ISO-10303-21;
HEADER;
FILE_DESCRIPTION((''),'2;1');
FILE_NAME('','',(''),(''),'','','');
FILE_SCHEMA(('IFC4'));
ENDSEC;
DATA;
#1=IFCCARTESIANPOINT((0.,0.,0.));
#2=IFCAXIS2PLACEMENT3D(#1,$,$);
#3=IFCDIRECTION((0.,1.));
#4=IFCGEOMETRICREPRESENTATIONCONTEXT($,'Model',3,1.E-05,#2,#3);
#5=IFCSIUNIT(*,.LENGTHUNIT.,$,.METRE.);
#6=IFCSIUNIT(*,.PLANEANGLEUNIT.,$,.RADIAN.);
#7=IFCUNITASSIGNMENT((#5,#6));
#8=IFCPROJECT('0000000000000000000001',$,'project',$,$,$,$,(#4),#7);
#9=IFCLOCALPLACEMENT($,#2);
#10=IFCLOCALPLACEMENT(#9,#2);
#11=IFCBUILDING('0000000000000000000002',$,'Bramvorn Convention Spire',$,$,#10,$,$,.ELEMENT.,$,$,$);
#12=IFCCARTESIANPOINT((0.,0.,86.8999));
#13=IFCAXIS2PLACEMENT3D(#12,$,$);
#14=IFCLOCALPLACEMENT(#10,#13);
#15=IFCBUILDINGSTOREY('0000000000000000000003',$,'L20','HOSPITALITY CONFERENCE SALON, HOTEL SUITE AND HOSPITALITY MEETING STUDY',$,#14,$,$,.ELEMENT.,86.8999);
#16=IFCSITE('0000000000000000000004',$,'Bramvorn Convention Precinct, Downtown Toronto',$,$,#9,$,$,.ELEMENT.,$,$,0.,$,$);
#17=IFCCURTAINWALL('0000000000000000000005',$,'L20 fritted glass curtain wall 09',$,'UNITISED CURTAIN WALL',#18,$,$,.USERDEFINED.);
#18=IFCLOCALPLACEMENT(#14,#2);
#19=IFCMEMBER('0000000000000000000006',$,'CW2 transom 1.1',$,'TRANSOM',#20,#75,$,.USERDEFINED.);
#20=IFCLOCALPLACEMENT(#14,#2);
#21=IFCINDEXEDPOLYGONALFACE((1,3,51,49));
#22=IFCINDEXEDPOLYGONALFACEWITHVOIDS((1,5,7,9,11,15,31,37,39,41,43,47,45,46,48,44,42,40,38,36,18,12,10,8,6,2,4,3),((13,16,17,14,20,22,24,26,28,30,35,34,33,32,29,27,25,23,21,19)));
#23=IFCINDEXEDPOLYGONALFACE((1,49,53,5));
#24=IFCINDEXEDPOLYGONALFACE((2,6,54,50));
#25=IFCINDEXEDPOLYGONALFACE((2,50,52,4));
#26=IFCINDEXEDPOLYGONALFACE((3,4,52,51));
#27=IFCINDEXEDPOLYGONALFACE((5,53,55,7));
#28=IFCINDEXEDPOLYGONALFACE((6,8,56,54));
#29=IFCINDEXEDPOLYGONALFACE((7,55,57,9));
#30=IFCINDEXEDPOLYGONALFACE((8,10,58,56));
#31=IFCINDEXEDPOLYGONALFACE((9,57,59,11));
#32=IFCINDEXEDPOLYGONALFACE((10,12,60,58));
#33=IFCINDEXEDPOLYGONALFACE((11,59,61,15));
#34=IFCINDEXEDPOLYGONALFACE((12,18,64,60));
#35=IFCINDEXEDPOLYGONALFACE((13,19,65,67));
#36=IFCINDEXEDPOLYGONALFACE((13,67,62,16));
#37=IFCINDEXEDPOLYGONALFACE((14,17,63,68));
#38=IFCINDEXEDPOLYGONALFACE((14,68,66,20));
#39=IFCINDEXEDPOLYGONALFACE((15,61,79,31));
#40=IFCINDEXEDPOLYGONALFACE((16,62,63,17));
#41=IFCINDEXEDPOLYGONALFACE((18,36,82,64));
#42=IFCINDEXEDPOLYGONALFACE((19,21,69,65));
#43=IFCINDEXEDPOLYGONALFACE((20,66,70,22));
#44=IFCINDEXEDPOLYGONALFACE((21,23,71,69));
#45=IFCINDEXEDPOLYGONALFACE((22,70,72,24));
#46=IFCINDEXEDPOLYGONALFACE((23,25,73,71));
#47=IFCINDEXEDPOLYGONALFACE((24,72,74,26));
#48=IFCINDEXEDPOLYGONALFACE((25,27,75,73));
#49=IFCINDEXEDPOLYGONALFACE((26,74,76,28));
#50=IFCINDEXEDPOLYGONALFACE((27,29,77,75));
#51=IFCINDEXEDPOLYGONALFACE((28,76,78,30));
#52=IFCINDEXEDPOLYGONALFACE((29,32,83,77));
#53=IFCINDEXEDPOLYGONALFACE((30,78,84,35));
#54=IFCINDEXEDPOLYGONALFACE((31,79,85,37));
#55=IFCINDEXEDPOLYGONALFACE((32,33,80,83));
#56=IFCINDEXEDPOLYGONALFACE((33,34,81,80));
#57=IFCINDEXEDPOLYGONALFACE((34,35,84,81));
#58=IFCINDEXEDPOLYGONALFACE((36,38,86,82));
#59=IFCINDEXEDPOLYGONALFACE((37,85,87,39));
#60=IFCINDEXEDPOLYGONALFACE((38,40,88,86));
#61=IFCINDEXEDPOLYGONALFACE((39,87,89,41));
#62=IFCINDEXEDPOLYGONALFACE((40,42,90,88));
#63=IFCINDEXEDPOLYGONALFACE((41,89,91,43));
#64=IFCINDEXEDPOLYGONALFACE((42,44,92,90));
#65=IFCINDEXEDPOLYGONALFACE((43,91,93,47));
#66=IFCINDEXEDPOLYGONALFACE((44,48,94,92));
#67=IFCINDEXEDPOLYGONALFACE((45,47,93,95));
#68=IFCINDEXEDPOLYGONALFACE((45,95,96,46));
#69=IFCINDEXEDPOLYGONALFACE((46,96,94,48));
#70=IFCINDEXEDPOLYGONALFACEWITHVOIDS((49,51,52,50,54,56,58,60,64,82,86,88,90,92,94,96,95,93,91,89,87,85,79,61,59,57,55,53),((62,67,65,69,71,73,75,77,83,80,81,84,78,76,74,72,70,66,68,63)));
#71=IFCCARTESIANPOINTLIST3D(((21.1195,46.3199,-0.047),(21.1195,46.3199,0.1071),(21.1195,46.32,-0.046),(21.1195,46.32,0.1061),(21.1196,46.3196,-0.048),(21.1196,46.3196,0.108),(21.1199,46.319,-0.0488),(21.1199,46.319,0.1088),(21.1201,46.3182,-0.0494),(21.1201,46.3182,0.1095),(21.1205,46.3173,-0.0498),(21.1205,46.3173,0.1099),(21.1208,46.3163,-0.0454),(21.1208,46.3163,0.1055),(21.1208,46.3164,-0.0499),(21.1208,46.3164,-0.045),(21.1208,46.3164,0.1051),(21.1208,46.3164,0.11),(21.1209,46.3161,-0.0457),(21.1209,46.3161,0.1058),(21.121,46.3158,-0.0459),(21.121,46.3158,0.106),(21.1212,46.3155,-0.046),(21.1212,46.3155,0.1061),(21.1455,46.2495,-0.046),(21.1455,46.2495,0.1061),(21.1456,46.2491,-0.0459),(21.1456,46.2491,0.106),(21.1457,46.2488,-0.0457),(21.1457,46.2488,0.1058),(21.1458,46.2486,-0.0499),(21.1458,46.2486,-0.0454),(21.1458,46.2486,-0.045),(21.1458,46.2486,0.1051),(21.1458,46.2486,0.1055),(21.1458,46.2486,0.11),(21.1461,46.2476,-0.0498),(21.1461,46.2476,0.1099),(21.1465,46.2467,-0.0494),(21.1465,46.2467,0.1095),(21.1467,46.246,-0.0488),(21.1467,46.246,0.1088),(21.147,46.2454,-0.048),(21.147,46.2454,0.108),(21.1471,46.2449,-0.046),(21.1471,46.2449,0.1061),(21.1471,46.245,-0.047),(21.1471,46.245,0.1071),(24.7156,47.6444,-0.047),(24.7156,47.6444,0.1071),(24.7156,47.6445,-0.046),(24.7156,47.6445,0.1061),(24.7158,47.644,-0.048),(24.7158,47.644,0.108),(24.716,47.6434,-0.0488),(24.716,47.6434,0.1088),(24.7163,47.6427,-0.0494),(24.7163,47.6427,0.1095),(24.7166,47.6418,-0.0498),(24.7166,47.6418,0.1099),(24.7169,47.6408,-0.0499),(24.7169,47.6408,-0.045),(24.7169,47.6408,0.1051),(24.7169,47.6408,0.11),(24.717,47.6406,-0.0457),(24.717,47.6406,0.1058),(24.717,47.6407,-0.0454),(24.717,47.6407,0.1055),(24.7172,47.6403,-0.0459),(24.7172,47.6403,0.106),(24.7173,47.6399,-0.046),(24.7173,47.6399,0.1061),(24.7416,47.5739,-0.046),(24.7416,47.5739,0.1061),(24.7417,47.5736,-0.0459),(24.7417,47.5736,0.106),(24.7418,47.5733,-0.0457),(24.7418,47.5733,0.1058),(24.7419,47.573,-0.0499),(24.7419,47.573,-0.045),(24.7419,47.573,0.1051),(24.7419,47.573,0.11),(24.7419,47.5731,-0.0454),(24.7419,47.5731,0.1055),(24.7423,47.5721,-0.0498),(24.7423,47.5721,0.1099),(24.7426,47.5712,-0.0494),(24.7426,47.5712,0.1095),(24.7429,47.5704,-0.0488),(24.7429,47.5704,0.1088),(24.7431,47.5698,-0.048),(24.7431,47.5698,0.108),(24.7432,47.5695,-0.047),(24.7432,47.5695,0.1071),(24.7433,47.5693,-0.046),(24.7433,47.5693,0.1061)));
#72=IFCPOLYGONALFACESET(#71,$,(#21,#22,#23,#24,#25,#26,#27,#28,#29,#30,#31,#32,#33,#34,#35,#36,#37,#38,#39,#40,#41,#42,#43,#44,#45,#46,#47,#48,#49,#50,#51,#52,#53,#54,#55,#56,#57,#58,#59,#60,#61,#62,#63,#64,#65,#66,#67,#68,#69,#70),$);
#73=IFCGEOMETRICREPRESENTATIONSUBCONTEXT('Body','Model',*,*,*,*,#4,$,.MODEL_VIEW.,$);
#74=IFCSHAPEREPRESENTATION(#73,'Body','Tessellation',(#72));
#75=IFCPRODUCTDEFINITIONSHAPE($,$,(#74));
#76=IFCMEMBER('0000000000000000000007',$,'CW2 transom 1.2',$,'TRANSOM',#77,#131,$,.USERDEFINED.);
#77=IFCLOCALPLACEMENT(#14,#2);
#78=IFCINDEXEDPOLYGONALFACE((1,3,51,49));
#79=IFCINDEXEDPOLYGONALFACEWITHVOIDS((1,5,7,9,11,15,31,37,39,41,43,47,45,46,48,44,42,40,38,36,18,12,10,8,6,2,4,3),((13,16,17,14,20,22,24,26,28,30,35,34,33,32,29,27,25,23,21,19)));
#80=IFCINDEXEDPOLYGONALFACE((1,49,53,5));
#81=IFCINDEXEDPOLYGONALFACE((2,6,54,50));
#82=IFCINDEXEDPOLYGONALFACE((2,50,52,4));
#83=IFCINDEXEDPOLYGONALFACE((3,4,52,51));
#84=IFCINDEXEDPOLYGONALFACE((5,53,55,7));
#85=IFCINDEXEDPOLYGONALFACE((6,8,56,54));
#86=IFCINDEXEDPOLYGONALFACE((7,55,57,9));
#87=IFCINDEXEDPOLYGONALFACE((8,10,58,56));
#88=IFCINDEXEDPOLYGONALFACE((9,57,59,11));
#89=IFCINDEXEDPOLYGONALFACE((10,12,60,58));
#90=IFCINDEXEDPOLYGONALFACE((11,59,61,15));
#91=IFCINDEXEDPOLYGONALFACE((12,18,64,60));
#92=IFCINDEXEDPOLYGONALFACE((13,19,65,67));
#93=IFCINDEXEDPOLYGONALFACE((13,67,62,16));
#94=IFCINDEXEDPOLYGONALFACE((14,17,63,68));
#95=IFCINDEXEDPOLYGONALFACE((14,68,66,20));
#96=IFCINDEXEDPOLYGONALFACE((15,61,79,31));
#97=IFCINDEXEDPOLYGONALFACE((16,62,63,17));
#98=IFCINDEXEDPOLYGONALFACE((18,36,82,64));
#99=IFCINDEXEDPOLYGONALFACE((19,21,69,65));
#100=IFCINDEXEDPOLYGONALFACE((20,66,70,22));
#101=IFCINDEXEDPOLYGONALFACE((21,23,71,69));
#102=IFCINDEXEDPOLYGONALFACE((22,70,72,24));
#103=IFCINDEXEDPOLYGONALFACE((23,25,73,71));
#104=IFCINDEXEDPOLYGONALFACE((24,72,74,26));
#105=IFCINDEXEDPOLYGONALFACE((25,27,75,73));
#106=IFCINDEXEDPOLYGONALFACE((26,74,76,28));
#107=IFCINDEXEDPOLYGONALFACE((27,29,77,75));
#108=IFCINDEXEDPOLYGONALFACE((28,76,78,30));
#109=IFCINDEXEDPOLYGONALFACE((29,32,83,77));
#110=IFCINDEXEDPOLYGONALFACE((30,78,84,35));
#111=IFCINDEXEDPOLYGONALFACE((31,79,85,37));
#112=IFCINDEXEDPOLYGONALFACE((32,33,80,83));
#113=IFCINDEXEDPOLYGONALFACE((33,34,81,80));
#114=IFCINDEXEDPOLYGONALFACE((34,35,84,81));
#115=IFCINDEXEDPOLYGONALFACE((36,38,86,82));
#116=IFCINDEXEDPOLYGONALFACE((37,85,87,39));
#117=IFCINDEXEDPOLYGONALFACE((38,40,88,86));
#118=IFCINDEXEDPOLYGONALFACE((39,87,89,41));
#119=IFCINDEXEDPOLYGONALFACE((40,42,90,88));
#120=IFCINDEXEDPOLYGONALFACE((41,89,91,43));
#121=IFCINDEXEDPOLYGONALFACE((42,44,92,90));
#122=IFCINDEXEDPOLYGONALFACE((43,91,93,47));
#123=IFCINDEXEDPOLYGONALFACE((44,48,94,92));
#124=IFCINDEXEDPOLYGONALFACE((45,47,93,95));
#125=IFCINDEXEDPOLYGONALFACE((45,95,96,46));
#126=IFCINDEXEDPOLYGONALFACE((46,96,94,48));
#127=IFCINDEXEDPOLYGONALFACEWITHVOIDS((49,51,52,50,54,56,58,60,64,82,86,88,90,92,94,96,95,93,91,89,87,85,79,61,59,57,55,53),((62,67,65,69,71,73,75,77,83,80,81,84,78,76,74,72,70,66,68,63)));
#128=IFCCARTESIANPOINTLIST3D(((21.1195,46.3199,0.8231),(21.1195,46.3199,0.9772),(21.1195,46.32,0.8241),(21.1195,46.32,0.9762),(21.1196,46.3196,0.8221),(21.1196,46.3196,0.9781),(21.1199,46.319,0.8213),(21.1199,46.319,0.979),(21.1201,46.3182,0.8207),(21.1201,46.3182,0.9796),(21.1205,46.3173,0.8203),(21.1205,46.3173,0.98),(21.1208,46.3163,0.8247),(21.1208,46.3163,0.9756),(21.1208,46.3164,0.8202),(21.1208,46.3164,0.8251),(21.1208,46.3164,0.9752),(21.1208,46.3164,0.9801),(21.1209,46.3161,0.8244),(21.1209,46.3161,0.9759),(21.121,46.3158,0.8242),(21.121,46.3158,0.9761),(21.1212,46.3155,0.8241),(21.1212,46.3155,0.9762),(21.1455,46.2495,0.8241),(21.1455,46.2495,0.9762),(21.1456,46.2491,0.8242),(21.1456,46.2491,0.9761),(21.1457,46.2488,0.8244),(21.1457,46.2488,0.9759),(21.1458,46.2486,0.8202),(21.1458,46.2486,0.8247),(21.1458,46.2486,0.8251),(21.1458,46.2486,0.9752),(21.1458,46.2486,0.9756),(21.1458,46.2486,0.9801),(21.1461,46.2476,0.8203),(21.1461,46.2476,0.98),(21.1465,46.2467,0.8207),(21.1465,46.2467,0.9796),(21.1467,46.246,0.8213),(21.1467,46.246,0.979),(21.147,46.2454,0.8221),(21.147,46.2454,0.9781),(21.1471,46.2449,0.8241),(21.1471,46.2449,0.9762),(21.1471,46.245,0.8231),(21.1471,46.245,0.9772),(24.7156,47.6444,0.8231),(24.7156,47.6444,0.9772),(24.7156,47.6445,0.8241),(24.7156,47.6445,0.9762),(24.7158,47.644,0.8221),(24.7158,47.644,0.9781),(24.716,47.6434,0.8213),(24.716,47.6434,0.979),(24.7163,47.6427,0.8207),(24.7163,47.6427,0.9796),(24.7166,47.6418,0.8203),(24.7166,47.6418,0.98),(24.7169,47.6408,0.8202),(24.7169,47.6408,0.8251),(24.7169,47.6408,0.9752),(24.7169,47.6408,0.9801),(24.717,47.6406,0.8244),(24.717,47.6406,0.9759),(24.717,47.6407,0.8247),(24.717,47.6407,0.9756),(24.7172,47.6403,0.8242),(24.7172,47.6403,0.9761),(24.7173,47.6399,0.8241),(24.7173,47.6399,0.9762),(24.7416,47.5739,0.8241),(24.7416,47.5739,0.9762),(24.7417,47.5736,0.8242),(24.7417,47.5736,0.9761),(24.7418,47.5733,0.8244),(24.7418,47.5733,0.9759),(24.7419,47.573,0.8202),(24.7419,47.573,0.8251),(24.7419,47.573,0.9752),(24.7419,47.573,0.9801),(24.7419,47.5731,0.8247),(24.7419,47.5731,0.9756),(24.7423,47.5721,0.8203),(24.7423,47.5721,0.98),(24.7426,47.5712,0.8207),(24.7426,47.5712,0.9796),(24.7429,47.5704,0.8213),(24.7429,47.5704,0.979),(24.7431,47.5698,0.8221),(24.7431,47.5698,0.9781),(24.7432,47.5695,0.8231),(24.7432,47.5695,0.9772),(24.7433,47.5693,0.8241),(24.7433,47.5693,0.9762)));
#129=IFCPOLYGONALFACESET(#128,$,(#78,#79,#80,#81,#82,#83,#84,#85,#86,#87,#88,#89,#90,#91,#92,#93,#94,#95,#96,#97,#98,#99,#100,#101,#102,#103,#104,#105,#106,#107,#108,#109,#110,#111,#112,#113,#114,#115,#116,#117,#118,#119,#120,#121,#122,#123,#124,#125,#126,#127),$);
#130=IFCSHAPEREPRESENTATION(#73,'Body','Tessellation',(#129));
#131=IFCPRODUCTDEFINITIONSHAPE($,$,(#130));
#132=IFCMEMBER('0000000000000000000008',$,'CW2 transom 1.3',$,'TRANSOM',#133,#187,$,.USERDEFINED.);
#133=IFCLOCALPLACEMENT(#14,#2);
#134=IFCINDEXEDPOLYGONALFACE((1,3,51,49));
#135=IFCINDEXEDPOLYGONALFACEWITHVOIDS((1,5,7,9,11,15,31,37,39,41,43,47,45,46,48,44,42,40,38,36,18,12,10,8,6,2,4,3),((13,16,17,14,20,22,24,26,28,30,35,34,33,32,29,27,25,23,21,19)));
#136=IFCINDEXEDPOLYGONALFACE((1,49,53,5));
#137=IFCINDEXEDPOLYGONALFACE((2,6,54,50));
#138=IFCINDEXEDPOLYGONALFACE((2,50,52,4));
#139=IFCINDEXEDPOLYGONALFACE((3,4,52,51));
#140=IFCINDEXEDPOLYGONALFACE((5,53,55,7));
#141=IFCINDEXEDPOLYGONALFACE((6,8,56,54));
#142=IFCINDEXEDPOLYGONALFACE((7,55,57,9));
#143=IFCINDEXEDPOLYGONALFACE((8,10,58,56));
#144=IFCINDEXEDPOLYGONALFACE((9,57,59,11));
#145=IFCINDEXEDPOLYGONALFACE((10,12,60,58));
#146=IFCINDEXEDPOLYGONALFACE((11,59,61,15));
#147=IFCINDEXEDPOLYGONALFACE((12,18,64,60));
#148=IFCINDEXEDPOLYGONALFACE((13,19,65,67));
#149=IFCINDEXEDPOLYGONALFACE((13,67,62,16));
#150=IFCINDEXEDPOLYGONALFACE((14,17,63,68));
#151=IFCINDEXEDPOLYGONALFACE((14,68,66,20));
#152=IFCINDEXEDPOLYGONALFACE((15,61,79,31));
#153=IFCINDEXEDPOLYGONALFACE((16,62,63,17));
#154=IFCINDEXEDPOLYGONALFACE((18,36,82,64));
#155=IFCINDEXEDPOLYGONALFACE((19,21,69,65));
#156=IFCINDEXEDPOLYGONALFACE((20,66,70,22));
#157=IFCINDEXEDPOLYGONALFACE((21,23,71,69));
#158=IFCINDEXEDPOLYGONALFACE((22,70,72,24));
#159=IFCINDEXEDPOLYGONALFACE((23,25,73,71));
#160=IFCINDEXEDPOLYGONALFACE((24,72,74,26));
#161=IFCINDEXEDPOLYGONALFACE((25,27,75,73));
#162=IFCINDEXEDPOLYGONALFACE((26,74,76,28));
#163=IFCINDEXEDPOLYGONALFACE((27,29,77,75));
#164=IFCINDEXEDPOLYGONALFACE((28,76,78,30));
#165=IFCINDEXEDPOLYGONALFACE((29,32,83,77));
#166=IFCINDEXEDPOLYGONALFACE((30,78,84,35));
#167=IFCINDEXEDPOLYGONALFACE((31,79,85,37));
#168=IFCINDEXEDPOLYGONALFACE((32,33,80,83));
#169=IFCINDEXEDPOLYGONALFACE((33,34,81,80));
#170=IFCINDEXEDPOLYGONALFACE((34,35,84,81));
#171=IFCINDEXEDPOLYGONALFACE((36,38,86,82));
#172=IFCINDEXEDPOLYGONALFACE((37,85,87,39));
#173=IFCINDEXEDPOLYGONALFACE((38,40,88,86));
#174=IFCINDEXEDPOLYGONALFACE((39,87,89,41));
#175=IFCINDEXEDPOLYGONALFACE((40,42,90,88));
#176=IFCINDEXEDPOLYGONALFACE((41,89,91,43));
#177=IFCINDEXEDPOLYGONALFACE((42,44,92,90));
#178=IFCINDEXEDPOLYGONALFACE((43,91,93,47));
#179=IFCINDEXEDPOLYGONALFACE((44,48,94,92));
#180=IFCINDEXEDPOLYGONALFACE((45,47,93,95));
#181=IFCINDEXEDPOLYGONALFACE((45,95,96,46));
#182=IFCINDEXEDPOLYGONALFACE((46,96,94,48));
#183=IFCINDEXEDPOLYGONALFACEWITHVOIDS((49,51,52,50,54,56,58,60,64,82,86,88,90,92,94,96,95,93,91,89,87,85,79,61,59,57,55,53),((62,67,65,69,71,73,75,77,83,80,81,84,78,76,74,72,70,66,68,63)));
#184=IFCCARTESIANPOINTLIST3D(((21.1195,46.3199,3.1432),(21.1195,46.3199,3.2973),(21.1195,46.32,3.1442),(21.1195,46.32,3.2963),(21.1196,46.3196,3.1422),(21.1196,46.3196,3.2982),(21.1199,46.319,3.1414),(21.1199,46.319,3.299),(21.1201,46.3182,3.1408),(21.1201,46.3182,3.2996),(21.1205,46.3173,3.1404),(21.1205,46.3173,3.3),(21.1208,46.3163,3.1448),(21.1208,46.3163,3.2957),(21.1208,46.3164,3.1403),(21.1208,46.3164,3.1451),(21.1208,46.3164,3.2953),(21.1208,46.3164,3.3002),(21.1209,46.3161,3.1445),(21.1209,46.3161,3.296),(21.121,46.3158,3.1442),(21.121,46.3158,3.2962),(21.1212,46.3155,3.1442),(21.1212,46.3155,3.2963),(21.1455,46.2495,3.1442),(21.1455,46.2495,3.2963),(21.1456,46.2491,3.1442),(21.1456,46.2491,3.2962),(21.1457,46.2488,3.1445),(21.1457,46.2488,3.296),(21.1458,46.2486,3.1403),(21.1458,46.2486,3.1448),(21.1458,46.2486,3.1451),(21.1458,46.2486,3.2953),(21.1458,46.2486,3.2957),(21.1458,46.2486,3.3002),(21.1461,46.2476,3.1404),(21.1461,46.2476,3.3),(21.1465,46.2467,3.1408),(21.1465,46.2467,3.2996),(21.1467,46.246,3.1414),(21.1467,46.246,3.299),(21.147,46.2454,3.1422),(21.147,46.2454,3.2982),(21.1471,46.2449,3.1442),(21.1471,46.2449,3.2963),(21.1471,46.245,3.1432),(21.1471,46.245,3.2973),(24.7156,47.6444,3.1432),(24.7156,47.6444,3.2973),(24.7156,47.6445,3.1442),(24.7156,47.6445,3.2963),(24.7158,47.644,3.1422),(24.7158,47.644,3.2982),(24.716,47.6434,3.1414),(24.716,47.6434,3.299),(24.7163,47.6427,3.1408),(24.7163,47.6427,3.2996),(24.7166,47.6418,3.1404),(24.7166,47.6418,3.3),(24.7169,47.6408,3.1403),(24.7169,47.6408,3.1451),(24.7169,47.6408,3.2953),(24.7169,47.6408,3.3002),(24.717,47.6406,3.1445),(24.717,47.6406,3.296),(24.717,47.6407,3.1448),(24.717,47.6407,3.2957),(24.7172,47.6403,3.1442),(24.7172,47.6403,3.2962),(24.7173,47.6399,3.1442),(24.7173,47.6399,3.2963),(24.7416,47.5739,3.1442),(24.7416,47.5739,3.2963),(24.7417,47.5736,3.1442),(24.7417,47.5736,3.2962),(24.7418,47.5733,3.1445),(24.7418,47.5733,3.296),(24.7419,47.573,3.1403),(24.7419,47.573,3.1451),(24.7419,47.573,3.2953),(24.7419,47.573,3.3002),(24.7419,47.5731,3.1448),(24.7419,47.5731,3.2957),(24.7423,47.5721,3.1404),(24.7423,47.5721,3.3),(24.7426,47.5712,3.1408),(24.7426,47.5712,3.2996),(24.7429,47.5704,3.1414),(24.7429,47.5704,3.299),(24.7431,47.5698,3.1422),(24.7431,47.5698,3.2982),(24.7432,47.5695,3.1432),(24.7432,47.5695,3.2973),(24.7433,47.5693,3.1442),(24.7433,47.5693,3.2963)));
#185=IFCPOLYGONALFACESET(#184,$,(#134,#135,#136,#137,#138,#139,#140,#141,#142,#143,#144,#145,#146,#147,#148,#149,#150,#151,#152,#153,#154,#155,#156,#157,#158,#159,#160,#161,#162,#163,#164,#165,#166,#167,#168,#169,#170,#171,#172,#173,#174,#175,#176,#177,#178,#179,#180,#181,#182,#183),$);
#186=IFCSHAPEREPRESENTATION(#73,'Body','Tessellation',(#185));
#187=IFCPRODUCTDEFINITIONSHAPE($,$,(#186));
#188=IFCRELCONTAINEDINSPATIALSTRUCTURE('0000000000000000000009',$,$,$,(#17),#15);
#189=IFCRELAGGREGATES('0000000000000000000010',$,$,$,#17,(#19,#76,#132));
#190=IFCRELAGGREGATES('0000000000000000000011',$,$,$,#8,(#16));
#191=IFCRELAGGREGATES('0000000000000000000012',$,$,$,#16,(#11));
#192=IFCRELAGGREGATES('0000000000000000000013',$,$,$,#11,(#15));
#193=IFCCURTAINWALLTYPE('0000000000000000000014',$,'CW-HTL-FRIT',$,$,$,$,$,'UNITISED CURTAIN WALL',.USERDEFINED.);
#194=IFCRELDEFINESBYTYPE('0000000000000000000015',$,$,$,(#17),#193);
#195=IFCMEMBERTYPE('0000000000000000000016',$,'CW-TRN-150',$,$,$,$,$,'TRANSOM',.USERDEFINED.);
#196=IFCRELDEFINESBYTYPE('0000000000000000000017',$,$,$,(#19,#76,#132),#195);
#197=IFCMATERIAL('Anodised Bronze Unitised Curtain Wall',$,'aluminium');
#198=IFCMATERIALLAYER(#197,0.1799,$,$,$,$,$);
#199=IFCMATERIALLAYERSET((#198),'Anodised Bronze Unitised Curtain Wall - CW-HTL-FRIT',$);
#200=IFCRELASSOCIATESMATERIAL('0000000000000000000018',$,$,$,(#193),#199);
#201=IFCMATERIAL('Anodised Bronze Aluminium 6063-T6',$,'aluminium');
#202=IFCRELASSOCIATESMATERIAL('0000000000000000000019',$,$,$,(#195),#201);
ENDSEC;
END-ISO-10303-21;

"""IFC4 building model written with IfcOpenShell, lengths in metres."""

from ifc_helpers import new_model, si_unit, direction, frame, origin, origin_2d, place, context, subcontext, project, spatial, hollow_rectangle, extrude, material, layer, layer_set, material_profile, profile_set, type_object, element, aggregate, save


model = new_model("IFC4")

# Units and contexts
model_context = context("Model", 3, precision=1e-05, world=origin(), true_north=direction((0.0, 1.0)))
body_context = subcontext(model_context, "Body", "Model", "MODEL_VIEW")
ifc_project = project(units=[si_unit("LENGTHUNIT", "METRE"), si_unit("PLANEANGLEUNIT", "RADIAN")], contexts=[model_context])

# Site, building, storey
site_placement = place(None, origin())
site = spatial("IfcSite", under=ifc_project, at=site_placement, Name="Bramvorn Convention Precinct, Downtown Toronto", CompositionType="ELEMENT", RefElevation=0.0)
building_placement = place(site_placement, origin())
building = spatial("IfcBuilding", under=site, at=building_placement, Name="Bramvorn Convention Spire", CompositionType="ELEMENT")
storey_placement = place(building_placement, frame((0.0, 0.0, 86.8999)))
storey = spatial("IfcBuildingStorey", under=building, at=storey_placement, Name="L20", Description="HOSPITALITY CONFERENCE SALON, HOTEL SUITE AND HOSPITALITY MEETING STUDY", CompositionType="ELEMENT", Elevation=86.8999)

# Curtain wall, members
ifc_material_1 = material(Name="Anodised Bronze Unitised Curtain Wall", Category="aluminium")
ifc_layer_1 = layer(ifc_material_1, 0.1799)
ifc_layer_set_1 = layer_set([ifc_layer_1], Name="Anodised Bronze Unitised Curtain Wall - CW-HTL-FRIT")
curtain_wall_type = type_object("IfcCurtainWallType", Name="CW-HTL-FRIT", ElementType="UNITISED CURTAIN WALL", PredefinedType="USERDEFINED", material=ifc_layer_set_1)
curtain_wall_placement = place(storey_placement, origin())
curtain_wall = element("IfcCurtainWall", 1, at=curtain_wall_placement, inside=storey, type_object=curtain_wall_type, Name="L20 fritted glass curtain wall 09", ObjectType="UNITISED CURTAIN WALL", PredefinedType="USERDEFINED")
ifc_material_2 = material(Name="Anodised Bronze Aluminium 6063-T6", Category="aluminium")
ifc_material_profile_1 = material_profile(ifc_material_2, hollow_rectangle(XDim=0.0801, YDim=0.1599, WallThickness=0.0039, InnerFilletRadius=0.001, OuterFilletRadius=0.0039, at=origin_2d()))
ifc_profile_set_1 = profile_set([ifc_material_profile_1], Name="Anodised Bronze Aluminium 6063-T6 - CWT80X160")
member_type_1 = type_object("IfcMemberType", Name="CW-TRN-150", ElementType="TRANSOM", PredefinedType="USERDEFINED", material=ifc_profile_set_1)
member_1_placement = place(storey_placement, frame((21.1333, 46.2825, 0.03), z_axis=(0.938381, 0.345602, 0.0), x_axis=(-0.345602, 0.938381, 0.0)))
member_1 = element("IfcMember", 2, at=member_1_placement, type_object=member_type_1, Name="CW2 transom 1.1", ObjectType="TRANSOM", PredefinedType="USERDEFINED", context=body_context, shape_type="SweptSolid", body=[
    extrude(hollow_rectangle(XDim=0.0801, YDim=0.1599, WallThickness=0.0039, InnerFilletRadius=0.001, OuterFilletRadius=0.0039, at=origin_2d()), origin(), (0.0, 0.0, 1.0), 3.8323),
])
member_2_placement = place(storey_placement, frame((21.1333, 46.2825, 0.9001), z_axis=(0.938381, 0.345602, 0.0), x_axis=(-0.345602, 0.938381, 0.0)))
member_2 = element("IfcMember", 3, at=member_2_placement, type_object=member_type_1, Name="CW2 transom 1.2", ObjectType="TRANSOM", PredefinedType="USERDEFINED", context=body_context, shape_type="SweptSolid", body=[
    extrude(hollow_rectangle(XDim=0.0801, YDim=0.1599, WallThickness=0.0039, InnerFilletRadius=0.001, OuterFilletRadius=0.0039, at=origin_2d()), origin(), (0.0, 0.0, 1.0), 3.8323),
])
member_3_placement = place(storey_placement, frame((21.1333, 46.2825, 3.2202), z_axis=(0.938381, 0.345602, 0.0), x_axis=(-0.345602, 0.938381, 0.0)))
member_3 = element("IfcMember", 4, at=member_3_placement, type_object=member_type_1, Name="CW2 transom 1.3", ObjectType="TRANSOM", PredefinedType="USERDEFINED", context=body_context, shape_type="SweptSolid", body=[
    extrude(hollow_rectangle(XDim=0.0801, YDim=0.1599, WallThickness=0.0039, InnerFilletRadius=0.001, OuterFilletRadius=0.0039, at=origin_2d()), origin(), (0.0, 0.0, 1.0), 3.8323),
])
aggregate(curtain_wall, [member_1, member_2, member_3])

save(model, "model.ifc")
